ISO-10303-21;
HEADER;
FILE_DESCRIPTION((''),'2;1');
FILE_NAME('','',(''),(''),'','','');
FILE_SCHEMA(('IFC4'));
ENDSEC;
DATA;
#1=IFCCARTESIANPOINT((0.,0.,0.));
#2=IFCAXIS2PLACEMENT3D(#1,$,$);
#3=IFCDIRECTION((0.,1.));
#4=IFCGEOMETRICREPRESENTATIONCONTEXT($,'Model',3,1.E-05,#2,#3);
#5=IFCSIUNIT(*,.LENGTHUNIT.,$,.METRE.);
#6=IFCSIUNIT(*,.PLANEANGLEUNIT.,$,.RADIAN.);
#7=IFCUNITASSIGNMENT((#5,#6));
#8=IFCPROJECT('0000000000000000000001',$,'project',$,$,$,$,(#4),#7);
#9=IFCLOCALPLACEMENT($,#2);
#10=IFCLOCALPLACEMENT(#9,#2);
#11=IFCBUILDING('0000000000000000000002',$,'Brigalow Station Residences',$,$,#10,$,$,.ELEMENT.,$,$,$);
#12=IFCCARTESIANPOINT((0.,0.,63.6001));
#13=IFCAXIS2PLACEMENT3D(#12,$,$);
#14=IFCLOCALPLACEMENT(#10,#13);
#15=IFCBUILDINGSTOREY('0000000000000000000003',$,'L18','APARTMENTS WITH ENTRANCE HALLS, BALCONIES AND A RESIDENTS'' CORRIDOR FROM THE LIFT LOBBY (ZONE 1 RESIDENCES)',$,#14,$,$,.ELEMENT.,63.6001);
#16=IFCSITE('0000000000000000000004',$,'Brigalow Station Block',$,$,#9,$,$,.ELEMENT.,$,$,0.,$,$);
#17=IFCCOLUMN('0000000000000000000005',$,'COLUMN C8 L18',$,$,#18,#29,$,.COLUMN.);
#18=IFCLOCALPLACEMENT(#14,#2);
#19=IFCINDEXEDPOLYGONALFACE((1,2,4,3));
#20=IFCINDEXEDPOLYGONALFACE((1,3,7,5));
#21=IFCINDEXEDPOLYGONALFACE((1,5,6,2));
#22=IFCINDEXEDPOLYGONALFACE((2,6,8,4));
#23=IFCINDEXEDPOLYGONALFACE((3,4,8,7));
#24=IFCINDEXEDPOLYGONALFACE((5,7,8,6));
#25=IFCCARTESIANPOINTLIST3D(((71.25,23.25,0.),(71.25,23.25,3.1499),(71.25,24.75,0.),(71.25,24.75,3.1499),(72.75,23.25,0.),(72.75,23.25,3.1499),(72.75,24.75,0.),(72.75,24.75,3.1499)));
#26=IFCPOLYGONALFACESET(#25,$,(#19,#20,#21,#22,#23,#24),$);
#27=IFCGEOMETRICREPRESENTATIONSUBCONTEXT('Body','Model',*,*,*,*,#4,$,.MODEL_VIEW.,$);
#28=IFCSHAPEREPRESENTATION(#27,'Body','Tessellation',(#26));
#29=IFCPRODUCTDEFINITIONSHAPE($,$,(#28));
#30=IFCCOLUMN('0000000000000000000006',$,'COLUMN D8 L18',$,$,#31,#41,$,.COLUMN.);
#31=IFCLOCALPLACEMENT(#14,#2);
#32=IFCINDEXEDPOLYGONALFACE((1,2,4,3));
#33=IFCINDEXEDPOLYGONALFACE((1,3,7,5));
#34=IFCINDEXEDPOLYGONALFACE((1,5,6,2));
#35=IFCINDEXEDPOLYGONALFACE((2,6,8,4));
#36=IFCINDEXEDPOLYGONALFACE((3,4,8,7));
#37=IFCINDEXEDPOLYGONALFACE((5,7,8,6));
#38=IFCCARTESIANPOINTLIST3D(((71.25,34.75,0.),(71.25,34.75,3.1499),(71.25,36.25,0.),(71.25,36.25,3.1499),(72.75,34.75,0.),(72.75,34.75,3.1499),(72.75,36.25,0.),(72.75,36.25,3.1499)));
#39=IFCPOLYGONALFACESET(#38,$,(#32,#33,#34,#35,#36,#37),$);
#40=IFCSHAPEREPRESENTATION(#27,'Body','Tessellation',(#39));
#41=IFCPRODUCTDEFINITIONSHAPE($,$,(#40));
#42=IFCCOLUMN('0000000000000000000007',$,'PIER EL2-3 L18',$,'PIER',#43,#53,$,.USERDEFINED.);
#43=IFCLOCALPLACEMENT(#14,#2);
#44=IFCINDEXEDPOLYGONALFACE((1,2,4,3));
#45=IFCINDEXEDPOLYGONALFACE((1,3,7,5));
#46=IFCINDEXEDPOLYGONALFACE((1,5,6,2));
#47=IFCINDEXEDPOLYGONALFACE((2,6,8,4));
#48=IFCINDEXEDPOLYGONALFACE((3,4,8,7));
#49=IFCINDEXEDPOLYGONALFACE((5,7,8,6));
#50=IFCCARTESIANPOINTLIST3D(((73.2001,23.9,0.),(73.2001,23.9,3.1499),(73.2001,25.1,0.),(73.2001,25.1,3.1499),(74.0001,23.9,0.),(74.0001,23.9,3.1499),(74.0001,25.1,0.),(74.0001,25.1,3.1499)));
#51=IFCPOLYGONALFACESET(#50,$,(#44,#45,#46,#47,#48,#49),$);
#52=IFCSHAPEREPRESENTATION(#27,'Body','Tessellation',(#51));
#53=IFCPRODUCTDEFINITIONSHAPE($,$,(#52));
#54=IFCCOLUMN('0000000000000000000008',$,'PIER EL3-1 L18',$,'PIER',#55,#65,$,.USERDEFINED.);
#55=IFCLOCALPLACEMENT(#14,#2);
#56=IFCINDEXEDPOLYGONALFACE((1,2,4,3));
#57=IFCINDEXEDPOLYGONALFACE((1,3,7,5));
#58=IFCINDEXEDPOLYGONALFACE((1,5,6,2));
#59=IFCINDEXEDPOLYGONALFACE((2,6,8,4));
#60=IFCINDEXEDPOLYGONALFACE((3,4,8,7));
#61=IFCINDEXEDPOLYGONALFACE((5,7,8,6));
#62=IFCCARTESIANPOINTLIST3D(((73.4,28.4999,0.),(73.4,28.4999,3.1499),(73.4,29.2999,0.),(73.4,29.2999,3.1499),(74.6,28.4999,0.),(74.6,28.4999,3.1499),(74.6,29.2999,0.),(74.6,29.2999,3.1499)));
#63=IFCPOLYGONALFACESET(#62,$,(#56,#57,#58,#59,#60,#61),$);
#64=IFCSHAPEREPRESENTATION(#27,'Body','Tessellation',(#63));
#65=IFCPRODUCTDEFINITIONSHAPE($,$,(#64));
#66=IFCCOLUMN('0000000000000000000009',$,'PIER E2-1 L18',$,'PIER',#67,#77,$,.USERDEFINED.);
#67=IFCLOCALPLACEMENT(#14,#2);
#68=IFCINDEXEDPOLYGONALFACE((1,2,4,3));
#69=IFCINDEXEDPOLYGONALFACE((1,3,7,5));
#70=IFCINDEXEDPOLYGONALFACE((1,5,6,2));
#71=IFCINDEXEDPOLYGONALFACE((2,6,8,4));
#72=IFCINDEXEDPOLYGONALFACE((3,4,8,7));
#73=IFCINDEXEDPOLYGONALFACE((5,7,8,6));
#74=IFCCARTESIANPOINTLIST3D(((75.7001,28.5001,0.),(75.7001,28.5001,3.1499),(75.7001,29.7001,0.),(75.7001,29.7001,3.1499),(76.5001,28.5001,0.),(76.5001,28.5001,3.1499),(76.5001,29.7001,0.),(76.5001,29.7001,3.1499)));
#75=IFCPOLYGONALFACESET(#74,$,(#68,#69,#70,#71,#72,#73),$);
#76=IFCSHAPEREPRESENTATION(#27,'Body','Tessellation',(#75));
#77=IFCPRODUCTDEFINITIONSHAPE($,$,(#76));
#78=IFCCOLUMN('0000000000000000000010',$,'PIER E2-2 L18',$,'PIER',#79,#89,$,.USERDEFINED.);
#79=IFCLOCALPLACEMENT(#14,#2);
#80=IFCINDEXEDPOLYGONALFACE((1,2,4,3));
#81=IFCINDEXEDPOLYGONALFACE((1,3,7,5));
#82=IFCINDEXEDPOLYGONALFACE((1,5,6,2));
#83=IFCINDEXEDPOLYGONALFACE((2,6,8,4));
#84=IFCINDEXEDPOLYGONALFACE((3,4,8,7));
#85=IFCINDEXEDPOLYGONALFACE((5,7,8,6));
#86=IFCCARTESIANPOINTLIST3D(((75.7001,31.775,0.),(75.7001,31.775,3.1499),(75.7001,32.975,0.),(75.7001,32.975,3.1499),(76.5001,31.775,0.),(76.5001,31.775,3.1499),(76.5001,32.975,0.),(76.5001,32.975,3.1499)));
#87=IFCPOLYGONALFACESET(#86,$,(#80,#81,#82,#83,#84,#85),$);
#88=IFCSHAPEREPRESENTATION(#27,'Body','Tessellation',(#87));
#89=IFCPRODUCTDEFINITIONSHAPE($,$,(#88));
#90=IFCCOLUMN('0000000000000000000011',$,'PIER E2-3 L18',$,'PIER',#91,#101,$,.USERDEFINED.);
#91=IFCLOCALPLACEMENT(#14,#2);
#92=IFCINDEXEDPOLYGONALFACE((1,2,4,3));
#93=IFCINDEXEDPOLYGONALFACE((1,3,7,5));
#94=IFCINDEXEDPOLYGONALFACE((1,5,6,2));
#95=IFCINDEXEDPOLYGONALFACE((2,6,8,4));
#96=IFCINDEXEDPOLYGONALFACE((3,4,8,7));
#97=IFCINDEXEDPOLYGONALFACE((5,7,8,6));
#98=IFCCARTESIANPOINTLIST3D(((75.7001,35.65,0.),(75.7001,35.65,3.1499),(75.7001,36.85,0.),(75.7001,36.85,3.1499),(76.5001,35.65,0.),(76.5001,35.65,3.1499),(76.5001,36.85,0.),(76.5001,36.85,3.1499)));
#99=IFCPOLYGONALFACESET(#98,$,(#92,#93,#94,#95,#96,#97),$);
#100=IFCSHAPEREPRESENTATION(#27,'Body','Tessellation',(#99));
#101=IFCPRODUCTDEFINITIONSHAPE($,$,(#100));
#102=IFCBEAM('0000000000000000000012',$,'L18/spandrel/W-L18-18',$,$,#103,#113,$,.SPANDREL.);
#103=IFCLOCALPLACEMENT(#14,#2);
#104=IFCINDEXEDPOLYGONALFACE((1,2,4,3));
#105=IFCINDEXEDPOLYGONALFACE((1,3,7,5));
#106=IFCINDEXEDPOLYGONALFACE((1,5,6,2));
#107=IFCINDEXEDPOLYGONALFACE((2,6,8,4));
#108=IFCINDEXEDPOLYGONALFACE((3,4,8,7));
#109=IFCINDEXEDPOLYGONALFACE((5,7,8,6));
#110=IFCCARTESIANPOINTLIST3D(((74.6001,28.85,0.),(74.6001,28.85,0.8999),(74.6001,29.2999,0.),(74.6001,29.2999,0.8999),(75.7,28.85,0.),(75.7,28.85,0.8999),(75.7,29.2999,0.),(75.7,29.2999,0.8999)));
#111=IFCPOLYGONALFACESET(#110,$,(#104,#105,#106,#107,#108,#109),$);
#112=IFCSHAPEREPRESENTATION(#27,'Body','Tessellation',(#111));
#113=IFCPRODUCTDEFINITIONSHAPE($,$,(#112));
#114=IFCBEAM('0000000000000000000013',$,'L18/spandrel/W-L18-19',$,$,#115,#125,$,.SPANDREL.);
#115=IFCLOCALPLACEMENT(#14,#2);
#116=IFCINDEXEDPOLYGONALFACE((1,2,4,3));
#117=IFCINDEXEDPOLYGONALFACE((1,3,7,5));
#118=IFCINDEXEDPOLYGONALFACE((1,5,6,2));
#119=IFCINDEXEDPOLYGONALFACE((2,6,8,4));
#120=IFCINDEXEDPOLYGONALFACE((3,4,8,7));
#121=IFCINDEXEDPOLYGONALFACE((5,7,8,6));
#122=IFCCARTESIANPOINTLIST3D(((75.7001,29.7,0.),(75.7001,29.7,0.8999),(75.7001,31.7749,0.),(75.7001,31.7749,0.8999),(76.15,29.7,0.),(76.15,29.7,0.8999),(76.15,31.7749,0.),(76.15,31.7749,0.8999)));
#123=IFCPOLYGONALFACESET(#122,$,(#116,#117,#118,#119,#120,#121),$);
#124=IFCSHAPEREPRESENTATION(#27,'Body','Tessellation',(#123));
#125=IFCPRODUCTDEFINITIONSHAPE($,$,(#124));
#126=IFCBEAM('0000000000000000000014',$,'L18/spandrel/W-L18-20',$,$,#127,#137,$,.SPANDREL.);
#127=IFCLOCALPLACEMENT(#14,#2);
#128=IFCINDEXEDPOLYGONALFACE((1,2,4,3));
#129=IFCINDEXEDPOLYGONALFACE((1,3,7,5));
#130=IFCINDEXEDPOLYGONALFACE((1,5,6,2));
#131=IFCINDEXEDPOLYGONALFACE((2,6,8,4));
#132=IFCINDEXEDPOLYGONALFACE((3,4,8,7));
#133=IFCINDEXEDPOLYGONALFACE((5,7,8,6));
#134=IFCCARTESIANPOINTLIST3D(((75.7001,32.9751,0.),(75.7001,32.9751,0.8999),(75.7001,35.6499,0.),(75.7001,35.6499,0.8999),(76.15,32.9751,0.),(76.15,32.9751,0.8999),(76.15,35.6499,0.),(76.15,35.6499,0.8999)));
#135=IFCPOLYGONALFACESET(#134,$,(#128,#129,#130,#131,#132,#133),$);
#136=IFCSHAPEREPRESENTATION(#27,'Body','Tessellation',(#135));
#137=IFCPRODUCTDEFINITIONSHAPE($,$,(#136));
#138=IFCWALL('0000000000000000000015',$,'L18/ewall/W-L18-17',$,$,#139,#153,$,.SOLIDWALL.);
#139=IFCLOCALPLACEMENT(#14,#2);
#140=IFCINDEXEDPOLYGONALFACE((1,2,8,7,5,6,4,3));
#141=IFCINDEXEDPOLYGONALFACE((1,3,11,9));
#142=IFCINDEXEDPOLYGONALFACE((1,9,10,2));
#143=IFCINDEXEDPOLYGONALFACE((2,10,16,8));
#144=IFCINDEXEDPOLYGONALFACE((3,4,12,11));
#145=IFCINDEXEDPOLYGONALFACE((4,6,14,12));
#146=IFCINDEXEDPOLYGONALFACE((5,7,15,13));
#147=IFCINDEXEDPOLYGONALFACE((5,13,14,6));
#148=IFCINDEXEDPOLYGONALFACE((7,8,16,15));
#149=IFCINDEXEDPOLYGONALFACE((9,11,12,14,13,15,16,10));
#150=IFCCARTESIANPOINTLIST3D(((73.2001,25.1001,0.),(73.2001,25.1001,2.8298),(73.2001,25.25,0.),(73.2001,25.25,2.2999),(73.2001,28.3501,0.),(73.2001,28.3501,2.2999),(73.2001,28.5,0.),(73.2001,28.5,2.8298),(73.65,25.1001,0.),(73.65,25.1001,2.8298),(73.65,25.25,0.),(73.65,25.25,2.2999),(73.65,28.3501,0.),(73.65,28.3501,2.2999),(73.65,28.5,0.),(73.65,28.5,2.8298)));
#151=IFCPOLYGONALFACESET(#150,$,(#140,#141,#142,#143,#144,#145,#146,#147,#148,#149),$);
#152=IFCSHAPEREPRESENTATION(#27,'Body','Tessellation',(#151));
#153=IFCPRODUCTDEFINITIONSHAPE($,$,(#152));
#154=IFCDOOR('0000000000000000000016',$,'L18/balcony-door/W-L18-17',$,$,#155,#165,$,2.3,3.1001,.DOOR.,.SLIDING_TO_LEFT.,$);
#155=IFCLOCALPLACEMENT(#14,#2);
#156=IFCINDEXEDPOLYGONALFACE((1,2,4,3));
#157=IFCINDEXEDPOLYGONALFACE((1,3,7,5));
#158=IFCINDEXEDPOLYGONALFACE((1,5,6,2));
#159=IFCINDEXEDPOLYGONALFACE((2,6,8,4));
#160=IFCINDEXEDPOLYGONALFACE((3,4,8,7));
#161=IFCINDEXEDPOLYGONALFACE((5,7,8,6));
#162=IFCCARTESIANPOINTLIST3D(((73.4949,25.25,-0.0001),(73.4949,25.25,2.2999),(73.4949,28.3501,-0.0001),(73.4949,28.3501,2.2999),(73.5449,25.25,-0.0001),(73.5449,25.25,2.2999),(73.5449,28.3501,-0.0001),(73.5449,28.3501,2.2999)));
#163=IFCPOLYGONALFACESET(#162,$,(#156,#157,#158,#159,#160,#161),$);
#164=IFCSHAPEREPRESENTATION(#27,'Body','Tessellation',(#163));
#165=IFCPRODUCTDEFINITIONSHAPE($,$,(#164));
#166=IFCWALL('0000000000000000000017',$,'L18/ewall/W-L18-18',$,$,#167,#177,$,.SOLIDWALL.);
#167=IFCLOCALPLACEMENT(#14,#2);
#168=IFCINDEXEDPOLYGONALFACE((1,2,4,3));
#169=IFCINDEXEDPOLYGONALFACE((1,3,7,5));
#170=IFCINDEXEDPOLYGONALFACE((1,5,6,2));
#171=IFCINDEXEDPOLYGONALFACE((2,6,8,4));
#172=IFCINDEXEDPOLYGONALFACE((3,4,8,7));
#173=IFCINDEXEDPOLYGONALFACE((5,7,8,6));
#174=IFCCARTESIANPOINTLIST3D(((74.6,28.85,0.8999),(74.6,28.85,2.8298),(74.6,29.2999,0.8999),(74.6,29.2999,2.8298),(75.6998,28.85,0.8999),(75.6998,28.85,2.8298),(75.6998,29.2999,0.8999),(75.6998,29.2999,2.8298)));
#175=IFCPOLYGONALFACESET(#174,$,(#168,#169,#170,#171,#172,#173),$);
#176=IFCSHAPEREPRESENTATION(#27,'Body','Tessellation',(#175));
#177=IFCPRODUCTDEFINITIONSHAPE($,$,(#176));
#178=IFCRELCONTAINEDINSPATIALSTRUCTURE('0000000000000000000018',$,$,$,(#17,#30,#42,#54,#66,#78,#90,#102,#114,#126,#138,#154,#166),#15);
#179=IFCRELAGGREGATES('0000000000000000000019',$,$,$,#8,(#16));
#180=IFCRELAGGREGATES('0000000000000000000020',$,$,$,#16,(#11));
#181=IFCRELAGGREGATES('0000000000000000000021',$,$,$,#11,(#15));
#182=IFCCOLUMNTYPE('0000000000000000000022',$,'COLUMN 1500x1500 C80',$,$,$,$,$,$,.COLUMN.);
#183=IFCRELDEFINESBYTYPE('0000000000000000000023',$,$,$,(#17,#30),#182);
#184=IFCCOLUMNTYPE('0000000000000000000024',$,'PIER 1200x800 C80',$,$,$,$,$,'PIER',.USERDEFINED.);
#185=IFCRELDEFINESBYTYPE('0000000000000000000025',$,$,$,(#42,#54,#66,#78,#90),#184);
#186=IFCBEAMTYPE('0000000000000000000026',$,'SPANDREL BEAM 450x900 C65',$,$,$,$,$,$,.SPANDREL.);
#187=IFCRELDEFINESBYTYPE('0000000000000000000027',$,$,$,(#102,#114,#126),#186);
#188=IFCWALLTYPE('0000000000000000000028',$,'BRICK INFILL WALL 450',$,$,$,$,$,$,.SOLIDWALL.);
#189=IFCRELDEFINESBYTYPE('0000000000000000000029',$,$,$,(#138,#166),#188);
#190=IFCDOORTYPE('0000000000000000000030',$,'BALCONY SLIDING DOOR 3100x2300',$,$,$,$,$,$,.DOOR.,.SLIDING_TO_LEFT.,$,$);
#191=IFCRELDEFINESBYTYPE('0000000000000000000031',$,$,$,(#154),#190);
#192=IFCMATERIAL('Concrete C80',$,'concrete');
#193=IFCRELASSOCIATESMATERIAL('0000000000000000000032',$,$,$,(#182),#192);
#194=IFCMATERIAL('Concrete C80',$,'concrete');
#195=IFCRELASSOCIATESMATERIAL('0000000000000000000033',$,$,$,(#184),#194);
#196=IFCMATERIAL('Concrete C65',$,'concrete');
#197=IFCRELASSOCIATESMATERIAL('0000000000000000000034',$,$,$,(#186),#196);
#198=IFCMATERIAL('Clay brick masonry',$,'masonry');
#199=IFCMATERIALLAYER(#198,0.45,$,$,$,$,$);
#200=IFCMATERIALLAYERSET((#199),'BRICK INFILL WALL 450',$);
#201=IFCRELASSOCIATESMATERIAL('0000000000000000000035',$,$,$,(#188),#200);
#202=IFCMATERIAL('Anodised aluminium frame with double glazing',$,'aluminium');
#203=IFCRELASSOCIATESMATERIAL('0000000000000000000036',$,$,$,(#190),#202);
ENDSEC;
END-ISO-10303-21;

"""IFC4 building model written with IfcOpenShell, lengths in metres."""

from ifc_helpers import new_model, si_unit, direction, frame, frame_2d, origin, origin_2d, place, context, subcontext, project, spatial, rectangle, extrude, material, layer, layer_set, material_profile, profile_set, type_object, element, fill, save


model = new_model("IFC4")

# Units and contexts
model_context = context("Model", 3, precision=1e-05, world=origin(), true_north=direction((0.0, 1.0)))
body_context = subcontext(model_context, "Body", "Model", "MODEL_VIEW")
ifc_project = project(units=[si_unit("LENGTHUNIT", "METRE"), si_unit("PLANEANGLEUNIT", "RADIAN")], contexts=[model_context])

# Site, building, storey
site_placement = place(None, origin())
site = spatial("IfcSite", under=ifc_project, at=site_placement, Name="Brigalow Station Block", CompositionType="ELEMENT", RefElevation=0.0)
building_placement = place(site_placement, origin())
building = spatial("IfcBuilding", under=site, at=building_placement, Name="Brigalow Station Residences", CompositionType="ELEMENT")
storey_placement = place(building_placement, frame((0.0, 0.0, 63.6001)))
storey = spatial("IfcBuildingStorey", under=building, at=storey_placement, Name="L18", Description="APARTMENTS WITH ENTRANCE HALLS, BALCONIES AND A RESIDENTS' CORRIDOR FROM THE LIFT LOBBY (ZONE 1 RESIDENCES)", CompositionType="ELEMENT", Elevation=63.6001)

# Columns
ifc_material_1 = material(Name="Concrete C80", Category="concrete")
ifc_material_profile_1 = material_profile(ifc_material_1, rectangle(XDim=1.5, YDim=1.5, at=origin_2d()), Name="RC1500x1500")
ifc_profile_set_1 = profile_set([ifc_material_profile_1], Name="Concrete C80")
column_type_1 = type_object("IfcColumnType", Name="COLUMN 1500x1500 C80", PredefinedType="COLUMN", material=ifc_profile_set_1)
for number, where, z_axis, x_axis, name in (
    (1, (72.0, 24.0, 0.0), (0.0, 0.0, 1.0), (1.0, 0.0, 0.0), "COLUMN C8 L18"),
    (2, (72.0, 35.5, 0.0), (0.0, 0.0, 1.0), (1.0, 0.0, 0.0), "COLUMN D8 L18"),
):
    element("IfcColumn", number, at=place(storey_placement, frame(where, z_axis=z_axis, x_axis=x_axis)), inside=storey, type_object=column_type_1, Name=name, PredefinedType="COLUMN", context=body_context, shape_type="SweptSolid", body=[
        extrude(rectangle(XDim=1.5, YDim=1.5, at=origin_2d()), origin(), (0.0, 0.0, 1.0), 3.1499),
    ])
ifc_material_2 = material(Name="Concrete C80", Category="concrete")
ifc_material_profile_2 = material_profile(ifc_material_2, rectangle(XDim=1.2, YDim=0.8, at=origin_2d()), Name="RC1200x800")
ifc_profile_set_2 = profile_set([ifc_material_profile_2], Name="Concrete C80")
column_type_2 = type_object("IfcColumnType", Name="PIER 1200x800 C80", ElementType="PIER", PredefinedType="USERDEFINED", material=ifc_profile_set_2)
for number, where, z_axis, x_axis, name in (
    (3, (73.6001, 24.5, 0.0), (0.0, 0.0, 1.0), (0.0, 1.0, 0.0), "PIER EL2-3 L18"),
    (4, (74.0, 28.8999, 0.0), (0.0, 0.0, 1.0), (1.0, 0.0, 0.0), "PIER EL3-1 L18"),
    (5, (76.1001, 29.1001, 0.0), (0.0, 0.0, 1.0), (0.0, 1.0, 0.0), "PIER E2-1 L18"),
    (6, (76.1001, 32.375, 0.0), (0.0, 0.0, 1.0), (0.0, 1.0, 0.0), "PIER E2-2 L18"),
    (7, (76.1001, 36.25, 0.0), (0.0, 0.0, 1.0), (0.0, 1.0, 0.0), "PIER E2-3 L18"),
):
    element("IfcColumn", number, at=place(storey_placement, frame(where, z_axis=z_axis, x_axis=x_axis)), inside=storey, type_object=column_type_2, Name=name, ObjectType="PIER", PredefinedType="USERDEFINED", context=body_context, shape_type="SweptSolid", body=[
        extrude(rectangle(XDim=1.2, YDim=0.8, at=origin_2d()), origin(), (0.0, 0.0, 1.0), 3.1499),
    ])

# Beams
ifc_material_3 = material(Name="Concrete C65", Category="concrete")
ifc_material_profile_3 = material_profile(ifc_material_3, rectangle(XDim=0.45, YDim=0.8999, at=origin_2d()), Name="RC450x900")
ifc_profile_set_3 = profile_set([ifc_material_profile_3], Name="Concrete C65")
beam_type = type_object("IfcBeamType", Name="SPANDREL BEAM 450x900 C65", PredefinedType="SPANDREL", material=ifc_profile_set_3)
beam_1_placement = place(storey_placement, frame((74.6001, 29.075, 0.45), z_axis=(1.0, 0.0, 0.0), x_axis=(0.0, 1.0, 0.0)))
element("IfcBeam", 8, at=beam_1_placement, inside=storey, type_object=beam_type, Name="L18/spandrel/W-L18-18", PredefinedType="SPANDREL", context=body_context, shape_type="SweptSolid", body=[
    extrude(rectangle(XDim=0.45, YDim=0.8999, at=origin_2d()), origin(), (0.0, 0.0, 1.0), 1.0999),
])
beam_2_placement = place(storey_placement, frame((75.925, 29.7, 0.45), z_axis=(0.0, 1.0, 0.0), x_axis=(-1.0, 0.0, 0.0)))
element("IfcBeam", 9, at=beam_2_placement, inside=storey, type_object=beam_type, Name="L18/spandrel/W-L18-19", PredefinedType="SPANDREL", context=body_context, shape_type="SweptSolid", body=[
    extrude(rectangle(XDim=0.45, YDim=0.8999, at=origin_2d()), origin(), (0.0, 0.0, 1.0), 2.075),
])
beam_3_placement = place(storey_placement, frame((75.925, 32.9751, 0.45), z_axis=(0.0, 1.0, 0.0), x_axis=(-1.0, 0.0, 0.0)))
element("IfcBeam", 10, at=beam_3_placement, inside=storey, type_object=beam_type, Name="L18/spandrel/W-L18-20", PredefinedType="SPANDREL", context=body_context, shape_type="SweptSolid", body=[
    extrude(rectangle(XDim=0.45, YDim=0.8999, at=origin_2d()), origin(), (0.0, 0.0, 1.0), 2.6748),
])

# Wall, opening, door
ifc_material_4 = material(Name="Clay brick masonry", Category="masonry")
ifc_layer = layer(ifc_material_4, 0.45)
ifc_layer_set = layer_set([ifc_layer], Name="BRICK INFILL WALL 450")
wall_type = type_object("IfcWallType", Name="BRICK INFILL WALL 450", PredefinedType="SOLIDWALL", material=ifc_layer_set)
wall_1_placement = place(storey_placement, frame((73.425, 25.1001, 0.0), z_axis=(0.0, 0.0, 1.0), x_axis=(0.0, 1.0, 0.0)))
wall_1 = element("IfcWall", 11, at=wall_1_placement, inside=storey, type_object=wall_type, Name="L18/ewall/W-L18-17", PredefinedType="SOLIDWALL", context=body_context, shape_type="SweptSolid", body=[
    extrude(rectangle(XDim=3.3999, YDim=0.45, at=frame_2d((1.7, 0.0))), origin(), (0.0, 0.0, 1.0), 2.8298),
])
opening_1_placement = place(wall_1_placement, frame((0.1499, 0.0, 0.0)))
opening_1 = element("IfcOpeningElement", 12, at=opening_1_placement, cuts=wall_1, PredefinedType="OPENING", context=body_context, shape_type="SweptSolid", body=[
    extrude(rectangle(XDim=3.1001, YDim=2.3, at=frame_2d((1.55, 1.1499))), frame((0.0, 0.2349, 0.0), z_axis=(0.0, -1.0, 0.0), x_axis=(1.0, 0.0, 0.0)), (0.0, 0.0, 1.0), 0.47),
])
ifc_material_5 = material(Name="Anodised aluminium frame with double glazing", Category="aluminium")
door_type = type_object("IfcDoorType", Name="BALCONY SLIDING DOOR 3100x2300", OperationType="SLIDING_TO_LEFT", PredefinedType="DOOR", material=ifc_material_5)
door_placement = place(opening_1_placement, origin())
door = element("IfcDoor", 13, at=door_placement, inside=storey, type_object=door_type, Name="L18/balcony-door/W-L18-17", OperationType="SLIDING_TO_LEFT", OverallHeight=2.3, OverallWidth=3.1001, PredefinedType="DOOR", context=body_context, shape_type="SweptSolid", body=[
    extrude(rectangle(XDim=3.1001, YDim=2.3, at=frame_2d((1.55, 1.1499))), frame((0.0, -0.0698, 0.0), z_axis=(0.0, -1.0, 0.0), x_axis=(1.0, 0.0, 0.0)), (0.0, 0.0, 1.0), 0.05),
])
fill(opening_1, door)

# Wall
wall_2_placement = place(storey_placement, frame((74.6001, 29.075, 0.8999), z_axis=(0.0, 0.0, 1.0), x_axis=(1.0, 0.0, 0.0)))
element("IfcWall", 14, at=wall_2_placement, inside=storey, type_object=wall_type, Name="L18/ewall/W-L18-18", PredefinedType="SOLIDWALL", context=body_context, shape_type="SweptSolid", body=[
    extrude(rectangle(XDim=1.0999, YDim=0.45, at=frame_2d((0.5498, 0.0))), origin(), (0.0, 0.0, 1.0), 1.9299),
])

save(model, "model.ifc")
